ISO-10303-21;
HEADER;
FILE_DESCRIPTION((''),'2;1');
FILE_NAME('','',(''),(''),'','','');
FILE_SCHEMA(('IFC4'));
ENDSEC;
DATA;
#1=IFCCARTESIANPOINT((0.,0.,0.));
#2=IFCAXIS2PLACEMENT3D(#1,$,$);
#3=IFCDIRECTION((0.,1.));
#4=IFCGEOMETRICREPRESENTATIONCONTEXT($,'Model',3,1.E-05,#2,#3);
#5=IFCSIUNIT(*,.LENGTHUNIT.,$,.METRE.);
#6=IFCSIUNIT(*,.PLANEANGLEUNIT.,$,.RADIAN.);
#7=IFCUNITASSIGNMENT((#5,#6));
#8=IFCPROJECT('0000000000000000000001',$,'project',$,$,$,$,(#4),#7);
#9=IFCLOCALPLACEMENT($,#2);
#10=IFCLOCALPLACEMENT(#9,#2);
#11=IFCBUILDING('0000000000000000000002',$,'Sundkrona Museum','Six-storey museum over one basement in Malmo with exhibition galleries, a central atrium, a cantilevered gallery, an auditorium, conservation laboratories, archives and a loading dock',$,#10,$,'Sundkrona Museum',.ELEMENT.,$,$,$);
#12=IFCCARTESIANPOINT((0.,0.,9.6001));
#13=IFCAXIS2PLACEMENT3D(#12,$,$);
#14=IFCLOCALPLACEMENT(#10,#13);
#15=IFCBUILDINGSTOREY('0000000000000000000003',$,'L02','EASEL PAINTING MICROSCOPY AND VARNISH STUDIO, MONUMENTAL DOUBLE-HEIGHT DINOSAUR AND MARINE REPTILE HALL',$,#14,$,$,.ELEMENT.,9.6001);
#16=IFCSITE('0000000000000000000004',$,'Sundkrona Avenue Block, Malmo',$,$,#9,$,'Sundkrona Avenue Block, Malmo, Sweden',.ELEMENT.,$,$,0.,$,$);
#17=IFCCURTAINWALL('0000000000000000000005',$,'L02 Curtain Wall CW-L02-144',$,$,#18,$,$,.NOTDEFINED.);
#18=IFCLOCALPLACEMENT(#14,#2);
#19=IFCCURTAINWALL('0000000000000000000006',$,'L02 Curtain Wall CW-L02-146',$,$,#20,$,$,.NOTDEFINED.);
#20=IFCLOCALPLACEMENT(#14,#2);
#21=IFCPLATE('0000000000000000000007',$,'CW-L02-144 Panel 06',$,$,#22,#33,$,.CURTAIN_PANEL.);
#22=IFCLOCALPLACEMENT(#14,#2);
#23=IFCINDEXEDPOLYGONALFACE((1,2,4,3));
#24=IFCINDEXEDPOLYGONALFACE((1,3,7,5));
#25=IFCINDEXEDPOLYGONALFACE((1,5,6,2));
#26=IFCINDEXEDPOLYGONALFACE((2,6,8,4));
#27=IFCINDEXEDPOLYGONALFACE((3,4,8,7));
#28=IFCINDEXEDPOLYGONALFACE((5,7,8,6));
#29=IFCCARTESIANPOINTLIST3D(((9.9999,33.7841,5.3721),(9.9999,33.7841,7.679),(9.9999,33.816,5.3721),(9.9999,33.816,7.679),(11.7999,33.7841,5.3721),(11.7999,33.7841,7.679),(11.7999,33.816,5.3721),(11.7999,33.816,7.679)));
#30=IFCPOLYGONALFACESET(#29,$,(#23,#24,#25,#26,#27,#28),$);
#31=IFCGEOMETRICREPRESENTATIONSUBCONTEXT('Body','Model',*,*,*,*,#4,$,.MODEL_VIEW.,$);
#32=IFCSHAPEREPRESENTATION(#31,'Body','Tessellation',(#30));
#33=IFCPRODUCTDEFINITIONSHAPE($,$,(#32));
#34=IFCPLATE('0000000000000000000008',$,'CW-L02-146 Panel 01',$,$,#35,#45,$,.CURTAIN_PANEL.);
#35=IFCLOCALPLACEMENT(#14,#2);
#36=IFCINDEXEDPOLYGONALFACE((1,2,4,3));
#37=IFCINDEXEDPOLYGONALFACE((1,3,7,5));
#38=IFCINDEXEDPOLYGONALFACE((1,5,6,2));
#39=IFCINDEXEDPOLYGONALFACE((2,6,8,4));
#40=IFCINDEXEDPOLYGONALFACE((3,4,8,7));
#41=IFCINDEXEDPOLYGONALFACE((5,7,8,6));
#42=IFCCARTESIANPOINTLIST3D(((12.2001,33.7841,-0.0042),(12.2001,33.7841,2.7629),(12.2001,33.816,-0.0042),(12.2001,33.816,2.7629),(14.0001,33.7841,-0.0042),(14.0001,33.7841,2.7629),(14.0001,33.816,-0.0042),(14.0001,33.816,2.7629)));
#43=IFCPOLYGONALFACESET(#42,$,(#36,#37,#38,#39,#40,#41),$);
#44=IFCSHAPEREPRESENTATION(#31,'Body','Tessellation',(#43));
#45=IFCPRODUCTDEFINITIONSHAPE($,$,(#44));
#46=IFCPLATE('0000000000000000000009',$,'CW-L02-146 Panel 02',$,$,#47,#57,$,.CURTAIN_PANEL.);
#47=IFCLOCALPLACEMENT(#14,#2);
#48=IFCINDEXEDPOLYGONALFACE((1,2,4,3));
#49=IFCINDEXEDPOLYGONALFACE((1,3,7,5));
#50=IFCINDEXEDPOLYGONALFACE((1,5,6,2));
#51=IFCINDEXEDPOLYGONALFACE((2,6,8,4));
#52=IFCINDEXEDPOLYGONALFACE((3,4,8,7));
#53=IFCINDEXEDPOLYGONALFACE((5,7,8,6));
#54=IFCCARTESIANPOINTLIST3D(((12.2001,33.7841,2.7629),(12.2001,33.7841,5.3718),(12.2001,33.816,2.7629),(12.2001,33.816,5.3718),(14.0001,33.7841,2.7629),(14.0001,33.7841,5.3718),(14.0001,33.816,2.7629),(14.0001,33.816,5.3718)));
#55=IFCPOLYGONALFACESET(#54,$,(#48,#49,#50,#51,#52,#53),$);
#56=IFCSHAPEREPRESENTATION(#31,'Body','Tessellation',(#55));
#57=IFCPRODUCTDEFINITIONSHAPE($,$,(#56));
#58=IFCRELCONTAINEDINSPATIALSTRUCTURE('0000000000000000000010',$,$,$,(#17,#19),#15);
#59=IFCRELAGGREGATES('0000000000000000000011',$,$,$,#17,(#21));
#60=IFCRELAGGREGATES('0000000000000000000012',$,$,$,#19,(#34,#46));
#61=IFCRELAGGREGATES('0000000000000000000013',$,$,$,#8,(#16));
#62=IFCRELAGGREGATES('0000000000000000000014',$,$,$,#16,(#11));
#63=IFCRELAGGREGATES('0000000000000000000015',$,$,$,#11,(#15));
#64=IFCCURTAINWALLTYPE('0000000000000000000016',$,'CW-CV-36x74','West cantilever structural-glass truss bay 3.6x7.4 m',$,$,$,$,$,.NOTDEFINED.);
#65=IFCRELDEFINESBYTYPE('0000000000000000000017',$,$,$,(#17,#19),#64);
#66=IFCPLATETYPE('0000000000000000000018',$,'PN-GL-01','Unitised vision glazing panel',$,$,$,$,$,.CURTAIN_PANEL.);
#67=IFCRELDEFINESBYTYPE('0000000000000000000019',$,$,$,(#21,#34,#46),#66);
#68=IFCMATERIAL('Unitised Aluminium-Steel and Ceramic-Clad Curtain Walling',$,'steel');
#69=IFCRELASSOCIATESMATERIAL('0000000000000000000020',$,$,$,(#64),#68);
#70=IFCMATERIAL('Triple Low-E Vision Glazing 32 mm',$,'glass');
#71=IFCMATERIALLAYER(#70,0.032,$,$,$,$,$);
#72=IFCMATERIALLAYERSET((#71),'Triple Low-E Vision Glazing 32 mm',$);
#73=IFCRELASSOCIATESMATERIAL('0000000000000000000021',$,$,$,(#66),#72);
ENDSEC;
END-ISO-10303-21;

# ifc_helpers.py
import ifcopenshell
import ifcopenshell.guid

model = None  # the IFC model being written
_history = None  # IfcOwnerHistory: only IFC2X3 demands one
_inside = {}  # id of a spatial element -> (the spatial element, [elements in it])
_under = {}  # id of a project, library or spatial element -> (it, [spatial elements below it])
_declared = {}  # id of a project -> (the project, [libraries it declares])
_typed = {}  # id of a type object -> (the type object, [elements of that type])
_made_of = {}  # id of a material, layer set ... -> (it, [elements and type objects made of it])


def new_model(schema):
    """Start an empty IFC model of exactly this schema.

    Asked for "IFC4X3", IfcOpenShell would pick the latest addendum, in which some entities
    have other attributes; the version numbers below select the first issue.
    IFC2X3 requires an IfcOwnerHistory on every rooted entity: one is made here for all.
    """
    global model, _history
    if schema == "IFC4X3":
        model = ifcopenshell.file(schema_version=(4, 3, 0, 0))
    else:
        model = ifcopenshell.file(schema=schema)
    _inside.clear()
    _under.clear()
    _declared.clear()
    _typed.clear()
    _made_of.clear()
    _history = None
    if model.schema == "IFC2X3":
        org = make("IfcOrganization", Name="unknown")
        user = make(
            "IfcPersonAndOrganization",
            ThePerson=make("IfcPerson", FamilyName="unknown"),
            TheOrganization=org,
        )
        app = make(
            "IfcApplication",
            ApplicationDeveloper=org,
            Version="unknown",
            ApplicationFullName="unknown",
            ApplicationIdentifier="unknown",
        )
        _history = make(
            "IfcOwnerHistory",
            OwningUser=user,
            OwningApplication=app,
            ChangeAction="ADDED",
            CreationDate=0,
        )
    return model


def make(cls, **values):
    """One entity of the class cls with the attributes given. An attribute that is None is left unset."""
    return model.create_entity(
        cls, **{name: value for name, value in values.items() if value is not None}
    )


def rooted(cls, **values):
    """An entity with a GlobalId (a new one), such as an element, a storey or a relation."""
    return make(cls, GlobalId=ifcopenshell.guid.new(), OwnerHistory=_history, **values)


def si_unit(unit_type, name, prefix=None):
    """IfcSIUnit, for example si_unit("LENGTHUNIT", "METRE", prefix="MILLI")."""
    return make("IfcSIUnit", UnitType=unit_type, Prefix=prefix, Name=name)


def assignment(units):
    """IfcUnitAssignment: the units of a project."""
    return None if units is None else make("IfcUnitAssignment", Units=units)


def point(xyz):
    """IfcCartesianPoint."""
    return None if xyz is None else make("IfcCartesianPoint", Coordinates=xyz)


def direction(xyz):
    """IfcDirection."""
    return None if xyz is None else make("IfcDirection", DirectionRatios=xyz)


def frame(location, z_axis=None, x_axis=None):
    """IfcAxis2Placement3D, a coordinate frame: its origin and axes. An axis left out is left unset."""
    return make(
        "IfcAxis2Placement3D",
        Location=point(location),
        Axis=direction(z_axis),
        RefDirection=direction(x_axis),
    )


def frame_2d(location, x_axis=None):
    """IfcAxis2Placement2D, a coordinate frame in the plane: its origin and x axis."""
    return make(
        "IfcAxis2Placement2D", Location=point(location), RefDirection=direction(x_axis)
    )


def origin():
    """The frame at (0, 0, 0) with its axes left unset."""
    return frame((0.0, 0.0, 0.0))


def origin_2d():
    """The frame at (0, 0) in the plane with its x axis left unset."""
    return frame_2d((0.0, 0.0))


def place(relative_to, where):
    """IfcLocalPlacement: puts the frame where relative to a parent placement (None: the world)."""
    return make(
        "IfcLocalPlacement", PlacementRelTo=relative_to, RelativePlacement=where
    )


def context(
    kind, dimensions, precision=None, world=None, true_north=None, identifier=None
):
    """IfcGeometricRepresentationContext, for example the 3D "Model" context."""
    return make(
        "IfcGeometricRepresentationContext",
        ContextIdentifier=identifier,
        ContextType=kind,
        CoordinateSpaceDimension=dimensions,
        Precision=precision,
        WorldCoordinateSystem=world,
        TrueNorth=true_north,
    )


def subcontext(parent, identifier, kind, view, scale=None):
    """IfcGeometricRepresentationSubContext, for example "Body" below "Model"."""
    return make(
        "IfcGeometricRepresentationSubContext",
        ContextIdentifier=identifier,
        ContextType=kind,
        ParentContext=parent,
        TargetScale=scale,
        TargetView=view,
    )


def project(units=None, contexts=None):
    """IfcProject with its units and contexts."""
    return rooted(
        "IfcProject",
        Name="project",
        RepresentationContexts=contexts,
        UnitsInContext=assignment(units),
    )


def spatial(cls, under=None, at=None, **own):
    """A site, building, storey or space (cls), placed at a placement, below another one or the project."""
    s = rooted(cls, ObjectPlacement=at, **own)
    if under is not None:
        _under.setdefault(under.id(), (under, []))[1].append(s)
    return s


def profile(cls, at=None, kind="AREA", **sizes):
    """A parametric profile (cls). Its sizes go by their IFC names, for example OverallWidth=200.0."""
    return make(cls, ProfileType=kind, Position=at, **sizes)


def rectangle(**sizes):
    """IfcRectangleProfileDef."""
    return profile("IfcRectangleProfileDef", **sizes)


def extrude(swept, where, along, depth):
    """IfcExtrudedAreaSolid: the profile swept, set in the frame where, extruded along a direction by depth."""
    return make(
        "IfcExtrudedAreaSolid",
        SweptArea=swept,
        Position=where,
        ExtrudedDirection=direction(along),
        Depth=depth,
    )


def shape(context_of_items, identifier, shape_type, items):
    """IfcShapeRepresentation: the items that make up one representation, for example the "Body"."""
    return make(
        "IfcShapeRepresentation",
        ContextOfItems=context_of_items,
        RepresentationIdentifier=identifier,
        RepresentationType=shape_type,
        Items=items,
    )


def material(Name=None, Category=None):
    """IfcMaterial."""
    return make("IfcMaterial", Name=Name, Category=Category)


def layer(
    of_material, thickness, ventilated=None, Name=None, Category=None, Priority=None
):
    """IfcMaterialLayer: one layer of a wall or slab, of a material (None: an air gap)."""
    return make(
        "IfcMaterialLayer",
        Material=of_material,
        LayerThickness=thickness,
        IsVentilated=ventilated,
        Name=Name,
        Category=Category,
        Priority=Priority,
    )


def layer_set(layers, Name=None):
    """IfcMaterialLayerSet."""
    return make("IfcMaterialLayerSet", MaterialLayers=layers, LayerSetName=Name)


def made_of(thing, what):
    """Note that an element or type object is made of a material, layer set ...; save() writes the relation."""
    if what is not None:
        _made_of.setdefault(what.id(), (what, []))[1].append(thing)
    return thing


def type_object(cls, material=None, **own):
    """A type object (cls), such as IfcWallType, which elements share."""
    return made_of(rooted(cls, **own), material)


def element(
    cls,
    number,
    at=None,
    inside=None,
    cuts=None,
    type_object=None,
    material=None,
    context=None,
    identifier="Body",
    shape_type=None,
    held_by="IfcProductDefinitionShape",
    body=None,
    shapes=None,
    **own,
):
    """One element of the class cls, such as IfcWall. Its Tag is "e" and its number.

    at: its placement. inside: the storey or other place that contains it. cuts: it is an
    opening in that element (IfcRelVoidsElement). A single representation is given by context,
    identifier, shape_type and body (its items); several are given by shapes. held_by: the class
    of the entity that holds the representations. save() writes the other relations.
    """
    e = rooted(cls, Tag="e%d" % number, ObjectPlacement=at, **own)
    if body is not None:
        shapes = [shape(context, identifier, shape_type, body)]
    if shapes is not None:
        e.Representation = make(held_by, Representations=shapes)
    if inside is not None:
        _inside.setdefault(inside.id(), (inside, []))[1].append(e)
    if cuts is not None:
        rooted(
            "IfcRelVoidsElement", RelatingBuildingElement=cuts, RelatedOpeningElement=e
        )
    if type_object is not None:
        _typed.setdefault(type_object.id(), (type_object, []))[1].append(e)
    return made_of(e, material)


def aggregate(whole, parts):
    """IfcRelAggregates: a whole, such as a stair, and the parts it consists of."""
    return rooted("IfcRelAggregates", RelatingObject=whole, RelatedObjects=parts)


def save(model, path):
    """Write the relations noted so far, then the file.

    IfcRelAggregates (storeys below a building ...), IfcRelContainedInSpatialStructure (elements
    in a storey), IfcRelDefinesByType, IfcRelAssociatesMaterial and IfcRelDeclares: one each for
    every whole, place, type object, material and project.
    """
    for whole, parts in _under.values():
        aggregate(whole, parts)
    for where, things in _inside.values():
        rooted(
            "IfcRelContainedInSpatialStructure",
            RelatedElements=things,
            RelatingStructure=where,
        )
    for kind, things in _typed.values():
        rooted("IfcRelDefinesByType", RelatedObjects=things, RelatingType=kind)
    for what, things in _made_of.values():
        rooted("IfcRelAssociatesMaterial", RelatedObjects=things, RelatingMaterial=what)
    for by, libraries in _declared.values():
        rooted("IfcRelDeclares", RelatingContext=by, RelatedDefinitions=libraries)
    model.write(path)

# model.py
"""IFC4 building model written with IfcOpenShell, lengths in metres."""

from ifc_helpers import new_model, si_unit, direction, frame, origin, origin_2d, place, context, subcontext, project, spatial, rectangle, extrude, material, layer, layer_set, type_object, element, aggregate, save


model = new_model("IFC4")

# Units and contexts
model_context = context("Model", 3, precision=1e-05, world=origin(), true_north=direction((0.0, 1.0)))
body_context = subcontext(model_context, "Body", "Model", "MODEL_VIEW")
ifc_project = project(units=[si_unit("LENGTHUNIT", "METRE"), si_unit("PLANEANGLEUNIT", "RADIAN")], contexts=[model_context])

# Site, building, storey
site_placement = place(None, origin())
site = spatial("IfcSite", under=ifc_project, at=site_placement, Name="Sundkrona Avenue Block, Malmo", LongName="Sundkrona Avenue Block, Malmo, Sweden", CompositionType="ELEMENT", RefElevation=0.0)
building_placement = place(site_placement, origin())
building = spatial("IfcBuilding", under=site, at=building_placement, Name="Sundkrona Museum", Description="Six-storey museum over one basement in Malmo with exhibition galleries, a central atrium, a cantilevered gallery, an auditorium, conservation laboratories, archives and a loading dock", LongName="Sundkrona Museum", CompositionType="ELEMENT")
storey_placement = place(building_placement, frame((0.0, 0.0, 9.6001)))
storey = spatial("IfcBuildingStorey", under=building, at=storey_placement, Name="L02", Description="EASEL PAINTING MICROSCOPY AND VARNISH STUDIO, MONUMENTAL DOUBLE-HEIGHT DINOSAUR AND MARINE REPTILE HALL", CompositionType="ELEMENT", Elevation=9.6001)

# Curtain wall
ifc_material_1 = material(Name="Unitised Aluminium-Steel and Ceramic-Clad Curtain Walling", Category="steel")
curtain_wall_type = type_object("IfcCurtainWallType", Name="CW-CV-36x74", Description="West cantilever structural-glass truss bay 3.6x7.4 m", PredefinedType="NOTDEFINED", material=ifc_material_1)
curtain_wall_1_placement = place(storey_placement, origin())
curtain_wall_1 = element("IfcCurtainWall", 1, at=curtain_wall_1_placement, inside=storey, type_object=curtain_wall_type, Name="L02 Curtain Wall CW-L02-144", PredefinedType="NOTDEFINED")

# Curtain wall
curtain_wall_2_placement = place(storey_placement, origin())
curtain_wall_2 = element("IfcCurtainWall", 2, at=curtain_wall_2_placement, inside=storey, type_object=curtain_wall_type, Name="L02 Curtain Wall CW-L02-146", PredefinedType="NOTDEFINED")

# Plates
ifc_material_2 = material(Name="Triple Low-E Vision Glazing 32 mm", Category="glass")
ifc_layer = layer(ifc_material_2, 0.032)
ifc_layer_set = layer_set([ifc_layer], Name="Triple Low-E Vision Glazing 32 mm")
plate_type = type_object("IfcPlateType", Name="PN-GL-01", Description="Unitised vision glazing panel", PredefinedType="CURTAIN_PANEL", material=ifc_layer_set)
plate_1_placement = place(storey_placement, frame((10.8999, 33.8, 5.3721), z_axis=(0.0, 0.0, 1.0), x_axis=(1.0, 0.0, 0.0)))
plate_1 = element("IfcPlate", 3, at=plate_1_placement, type_object=plate_type, Name="CW-L02-144 Panel 06", PredefinedType="CURTAIN_PANEL", context=body_context, shape_type="SweptSolid", body=[
    extrude(rectangle(XDim=1.8, YDim=0.032, at=origin_2d()), origin(), (0.0, 0.0, 1.0), 2.3069),
])
aggregate(curtain_wall_1, [plate_1])
plate_2_placement = place(storey_placement, frame((13.1001, 33.8, -0.0042), z_axis=(0.0, 0.0, 1.0), x_axis=(1.0, 0.0, 0.0)))
plate_2 = element("IfcPlate", 4, at=plate_2_placement, type_object=plate_type, Name="CW-L02-146 Panel 01", PredefinedType="CURTAIN_PANEL", context=body_context, shape_type="SweptSolid", body=[
    extrude(rectangle(XDim=1.8, YDim=0.032, at=origin_2d()), origin(), (0.0, 0.0, 1.0), 2.7671),
])
plate_3_placement = place(storey_placement, frame((13.1001, 33.8, 2.7629), z_axis=(0.0, 0.0, 1.0), x_axis=(1.0, 0.0, 0.0)))
plate_3 = element("IfcPlate", 5, at=plate_3_placement, type_object=plate_type, Name="CW-L02-146 Panel 02", PredefinedType="CURTAIN_PANEL", context=body_context, shape_type="SweptSolid", body=[
    extrude(rectangle(XDim=1.8, YDim=0.032, at=origin_2d()), origin(), (0.0, 0.0, 1.0), 2.6089),
])
aggregate(curtain_wall_2, [plate_2, plate_3])

save(model, "model.ifc")
